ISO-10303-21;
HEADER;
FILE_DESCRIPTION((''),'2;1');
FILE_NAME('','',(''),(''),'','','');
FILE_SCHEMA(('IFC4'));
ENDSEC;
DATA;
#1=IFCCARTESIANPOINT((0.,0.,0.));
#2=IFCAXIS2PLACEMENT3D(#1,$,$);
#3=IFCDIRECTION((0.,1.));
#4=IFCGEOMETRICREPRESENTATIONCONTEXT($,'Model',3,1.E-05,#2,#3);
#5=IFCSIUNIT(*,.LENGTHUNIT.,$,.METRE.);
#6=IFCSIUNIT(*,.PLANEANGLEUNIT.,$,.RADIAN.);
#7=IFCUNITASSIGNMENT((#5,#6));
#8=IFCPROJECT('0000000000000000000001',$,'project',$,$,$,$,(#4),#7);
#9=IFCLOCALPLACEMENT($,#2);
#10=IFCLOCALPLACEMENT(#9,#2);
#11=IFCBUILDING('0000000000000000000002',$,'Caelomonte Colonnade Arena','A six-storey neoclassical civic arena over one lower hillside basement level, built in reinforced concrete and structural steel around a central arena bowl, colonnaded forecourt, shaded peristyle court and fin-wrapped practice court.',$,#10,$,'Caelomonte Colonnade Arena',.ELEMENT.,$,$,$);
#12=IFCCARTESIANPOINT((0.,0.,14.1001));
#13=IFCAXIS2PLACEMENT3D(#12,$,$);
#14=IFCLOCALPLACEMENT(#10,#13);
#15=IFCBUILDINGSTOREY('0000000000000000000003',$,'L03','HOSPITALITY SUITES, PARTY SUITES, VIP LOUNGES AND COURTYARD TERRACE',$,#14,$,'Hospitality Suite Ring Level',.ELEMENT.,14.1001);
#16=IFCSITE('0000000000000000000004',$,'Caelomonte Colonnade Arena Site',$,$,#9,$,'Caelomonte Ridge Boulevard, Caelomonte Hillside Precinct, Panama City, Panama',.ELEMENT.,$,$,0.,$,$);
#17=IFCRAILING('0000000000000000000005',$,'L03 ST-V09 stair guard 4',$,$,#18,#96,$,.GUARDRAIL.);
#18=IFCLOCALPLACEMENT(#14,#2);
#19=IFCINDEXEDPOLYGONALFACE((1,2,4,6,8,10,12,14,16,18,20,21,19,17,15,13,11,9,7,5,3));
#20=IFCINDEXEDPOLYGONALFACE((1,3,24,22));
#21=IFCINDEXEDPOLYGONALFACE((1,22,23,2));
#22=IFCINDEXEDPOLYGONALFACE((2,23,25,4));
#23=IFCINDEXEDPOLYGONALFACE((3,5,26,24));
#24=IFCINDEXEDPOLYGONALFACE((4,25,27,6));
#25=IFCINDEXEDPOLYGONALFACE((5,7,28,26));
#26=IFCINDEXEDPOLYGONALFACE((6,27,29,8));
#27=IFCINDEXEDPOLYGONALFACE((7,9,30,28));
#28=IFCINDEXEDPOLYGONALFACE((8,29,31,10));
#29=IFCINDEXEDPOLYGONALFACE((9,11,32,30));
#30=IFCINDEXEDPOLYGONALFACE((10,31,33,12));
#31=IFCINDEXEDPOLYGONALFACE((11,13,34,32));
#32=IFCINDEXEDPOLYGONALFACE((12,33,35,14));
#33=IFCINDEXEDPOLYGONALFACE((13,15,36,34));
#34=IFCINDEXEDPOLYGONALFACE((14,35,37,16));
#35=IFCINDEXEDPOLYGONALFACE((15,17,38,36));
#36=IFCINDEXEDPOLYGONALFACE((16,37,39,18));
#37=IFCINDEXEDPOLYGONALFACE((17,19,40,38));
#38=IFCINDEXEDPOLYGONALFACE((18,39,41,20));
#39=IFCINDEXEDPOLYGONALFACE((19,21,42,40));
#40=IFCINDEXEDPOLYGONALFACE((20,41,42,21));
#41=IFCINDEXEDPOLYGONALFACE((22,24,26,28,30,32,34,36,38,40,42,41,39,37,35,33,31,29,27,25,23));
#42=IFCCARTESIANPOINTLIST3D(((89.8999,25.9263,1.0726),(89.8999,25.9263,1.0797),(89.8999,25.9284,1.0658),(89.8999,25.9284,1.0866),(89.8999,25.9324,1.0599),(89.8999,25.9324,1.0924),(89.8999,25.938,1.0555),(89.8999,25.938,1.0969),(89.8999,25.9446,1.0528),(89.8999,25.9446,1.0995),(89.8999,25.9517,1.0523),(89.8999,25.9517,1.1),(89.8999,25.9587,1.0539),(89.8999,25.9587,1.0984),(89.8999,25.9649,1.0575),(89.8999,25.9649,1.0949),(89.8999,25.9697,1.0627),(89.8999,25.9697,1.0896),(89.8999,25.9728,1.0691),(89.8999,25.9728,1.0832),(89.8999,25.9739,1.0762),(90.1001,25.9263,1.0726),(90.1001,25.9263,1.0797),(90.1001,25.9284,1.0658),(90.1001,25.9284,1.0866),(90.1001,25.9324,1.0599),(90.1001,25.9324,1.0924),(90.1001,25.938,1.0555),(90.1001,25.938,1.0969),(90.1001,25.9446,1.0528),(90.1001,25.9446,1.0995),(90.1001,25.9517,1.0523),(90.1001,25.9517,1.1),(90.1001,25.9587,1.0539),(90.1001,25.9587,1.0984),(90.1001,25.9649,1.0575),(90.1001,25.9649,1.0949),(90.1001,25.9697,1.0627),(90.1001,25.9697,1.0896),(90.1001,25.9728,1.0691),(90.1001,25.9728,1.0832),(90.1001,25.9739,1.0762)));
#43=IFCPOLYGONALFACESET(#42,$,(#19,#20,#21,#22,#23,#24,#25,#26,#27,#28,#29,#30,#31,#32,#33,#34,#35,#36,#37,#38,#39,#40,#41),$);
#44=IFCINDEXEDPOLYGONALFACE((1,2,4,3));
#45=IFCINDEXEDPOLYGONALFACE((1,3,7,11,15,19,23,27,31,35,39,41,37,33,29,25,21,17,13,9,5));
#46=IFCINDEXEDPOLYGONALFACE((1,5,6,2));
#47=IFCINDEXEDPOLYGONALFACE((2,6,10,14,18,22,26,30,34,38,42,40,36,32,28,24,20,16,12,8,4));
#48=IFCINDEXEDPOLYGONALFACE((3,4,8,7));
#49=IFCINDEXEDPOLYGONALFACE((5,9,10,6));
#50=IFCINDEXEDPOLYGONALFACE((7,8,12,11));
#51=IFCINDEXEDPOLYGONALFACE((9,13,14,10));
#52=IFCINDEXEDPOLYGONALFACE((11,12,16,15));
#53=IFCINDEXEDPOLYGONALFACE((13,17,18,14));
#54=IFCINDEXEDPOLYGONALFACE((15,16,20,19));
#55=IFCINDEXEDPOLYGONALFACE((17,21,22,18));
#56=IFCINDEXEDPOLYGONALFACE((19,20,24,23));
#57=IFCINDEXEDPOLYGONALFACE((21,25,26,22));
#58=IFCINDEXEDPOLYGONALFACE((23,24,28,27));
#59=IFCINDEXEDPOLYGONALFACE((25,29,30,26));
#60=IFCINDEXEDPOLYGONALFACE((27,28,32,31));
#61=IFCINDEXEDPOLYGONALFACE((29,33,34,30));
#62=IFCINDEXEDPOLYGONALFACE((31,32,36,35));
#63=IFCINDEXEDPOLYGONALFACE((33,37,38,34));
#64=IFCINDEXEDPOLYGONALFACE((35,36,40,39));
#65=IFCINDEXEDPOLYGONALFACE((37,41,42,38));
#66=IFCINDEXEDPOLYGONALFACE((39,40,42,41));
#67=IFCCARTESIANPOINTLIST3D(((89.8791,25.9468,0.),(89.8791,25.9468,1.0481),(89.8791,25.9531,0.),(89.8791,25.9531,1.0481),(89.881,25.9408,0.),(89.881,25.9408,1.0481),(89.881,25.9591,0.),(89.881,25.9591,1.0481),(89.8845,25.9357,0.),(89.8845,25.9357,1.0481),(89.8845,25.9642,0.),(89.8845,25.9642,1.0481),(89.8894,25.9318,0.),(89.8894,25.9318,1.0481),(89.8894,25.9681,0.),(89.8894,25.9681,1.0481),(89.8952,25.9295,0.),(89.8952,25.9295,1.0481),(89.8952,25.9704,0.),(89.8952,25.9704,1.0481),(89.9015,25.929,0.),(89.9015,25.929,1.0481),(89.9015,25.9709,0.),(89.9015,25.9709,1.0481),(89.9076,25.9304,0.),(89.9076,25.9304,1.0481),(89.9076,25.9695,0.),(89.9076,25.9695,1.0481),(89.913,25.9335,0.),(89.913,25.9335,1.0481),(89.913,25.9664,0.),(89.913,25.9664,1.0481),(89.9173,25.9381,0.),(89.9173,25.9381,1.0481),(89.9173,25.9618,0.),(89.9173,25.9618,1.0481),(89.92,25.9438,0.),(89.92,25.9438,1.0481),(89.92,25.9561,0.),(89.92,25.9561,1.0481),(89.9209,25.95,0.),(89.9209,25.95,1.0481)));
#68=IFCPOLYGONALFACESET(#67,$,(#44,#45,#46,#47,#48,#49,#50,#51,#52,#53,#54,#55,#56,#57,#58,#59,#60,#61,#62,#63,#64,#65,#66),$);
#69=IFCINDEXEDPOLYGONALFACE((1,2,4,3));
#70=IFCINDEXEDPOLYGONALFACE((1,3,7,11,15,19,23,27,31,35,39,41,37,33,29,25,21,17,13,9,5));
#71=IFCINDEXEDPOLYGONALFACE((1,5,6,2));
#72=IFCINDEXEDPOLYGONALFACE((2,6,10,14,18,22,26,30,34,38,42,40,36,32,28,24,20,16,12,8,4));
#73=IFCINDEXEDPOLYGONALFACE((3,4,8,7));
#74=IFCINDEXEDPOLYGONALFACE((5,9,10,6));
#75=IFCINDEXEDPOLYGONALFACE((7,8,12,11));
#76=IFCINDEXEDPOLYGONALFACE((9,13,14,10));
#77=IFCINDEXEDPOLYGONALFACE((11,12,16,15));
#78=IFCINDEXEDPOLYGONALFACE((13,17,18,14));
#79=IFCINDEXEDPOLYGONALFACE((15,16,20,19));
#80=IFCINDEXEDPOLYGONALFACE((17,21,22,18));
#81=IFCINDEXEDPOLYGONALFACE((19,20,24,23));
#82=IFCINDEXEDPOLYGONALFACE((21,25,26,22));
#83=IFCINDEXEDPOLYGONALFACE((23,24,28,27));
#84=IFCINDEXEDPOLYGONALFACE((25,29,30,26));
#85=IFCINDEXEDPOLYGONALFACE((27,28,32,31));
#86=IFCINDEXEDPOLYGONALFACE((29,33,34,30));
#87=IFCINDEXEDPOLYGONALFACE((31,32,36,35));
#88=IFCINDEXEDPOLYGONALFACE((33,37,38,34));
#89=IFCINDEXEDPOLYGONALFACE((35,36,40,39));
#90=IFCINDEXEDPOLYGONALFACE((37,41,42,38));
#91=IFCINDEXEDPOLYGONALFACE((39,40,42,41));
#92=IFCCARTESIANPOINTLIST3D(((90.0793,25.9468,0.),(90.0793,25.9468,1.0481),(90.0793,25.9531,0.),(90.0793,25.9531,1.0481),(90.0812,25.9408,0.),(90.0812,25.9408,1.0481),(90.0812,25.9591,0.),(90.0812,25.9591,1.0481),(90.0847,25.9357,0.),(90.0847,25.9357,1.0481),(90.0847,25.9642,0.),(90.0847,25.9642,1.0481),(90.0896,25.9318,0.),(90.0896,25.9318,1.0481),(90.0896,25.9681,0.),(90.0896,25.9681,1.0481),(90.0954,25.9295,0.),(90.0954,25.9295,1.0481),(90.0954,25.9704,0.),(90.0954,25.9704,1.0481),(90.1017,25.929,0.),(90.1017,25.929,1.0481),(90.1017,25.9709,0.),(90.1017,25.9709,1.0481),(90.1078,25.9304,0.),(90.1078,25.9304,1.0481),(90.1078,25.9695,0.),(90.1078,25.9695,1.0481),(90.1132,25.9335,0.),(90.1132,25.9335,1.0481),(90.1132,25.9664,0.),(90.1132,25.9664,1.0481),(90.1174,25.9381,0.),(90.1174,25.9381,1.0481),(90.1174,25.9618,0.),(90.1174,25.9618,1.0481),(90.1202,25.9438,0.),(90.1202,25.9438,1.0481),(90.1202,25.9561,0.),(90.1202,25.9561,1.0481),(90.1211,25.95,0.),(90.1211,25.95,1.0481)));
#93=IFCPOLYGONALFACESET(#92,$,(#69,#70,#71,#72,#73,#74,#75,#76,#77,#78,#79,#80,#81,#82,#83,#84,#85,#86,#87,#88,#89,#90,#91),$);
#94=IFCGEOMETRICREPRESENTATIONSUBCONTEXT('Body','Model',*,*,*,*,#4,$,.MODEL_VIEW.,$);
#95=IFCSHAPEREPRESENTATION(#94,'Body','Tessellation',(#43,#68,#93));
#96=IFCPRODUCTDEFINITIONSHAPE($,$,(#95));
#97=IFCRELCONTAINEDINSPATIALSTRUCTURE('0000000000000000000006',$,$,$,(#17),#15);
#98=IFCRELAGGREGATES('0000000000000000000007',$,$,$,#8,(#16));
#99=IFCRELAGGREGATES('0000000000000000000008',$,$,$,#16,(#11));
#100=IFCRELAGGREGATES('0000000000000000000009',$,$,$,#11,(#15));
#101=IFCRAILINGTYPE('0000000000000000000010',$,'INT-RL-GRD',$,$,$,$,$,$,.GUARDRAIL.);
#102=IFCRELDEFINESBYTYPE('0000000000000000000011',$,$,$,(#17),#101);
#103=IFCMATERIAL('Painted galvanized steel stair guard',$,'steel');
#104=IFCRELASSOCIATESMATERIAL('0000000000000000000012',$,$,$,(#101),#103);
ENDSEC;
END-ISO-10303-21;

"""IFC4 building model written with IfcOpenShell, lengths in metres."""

from ifc_helpers import new_model, si_unit, direction, frame, origin, origin_2d, place, context, subcontext, project, spatial, circle, extrude, material, type_object, element, save


model = new_model("IFC4")

# Units and contexts
model_context = context("Model", 3, precision=1e-05, world=origin(), true_north=direction((0.0, 1.0)))
body_context = subcontext(model_context, "Body", "Model", "MODEL_VIEW")
ifc_project = project(units=[si_unit("LENGTHUNIT", "METRE"), si_unit("PLANEANGLEUNIT", "RADIAN")], contexts=[model_context])

# Site, building, storey
site_placement = place(None, origin())
site = spatial("IfcSite", under=ifc_project, at=site_placement, Name="Caelomonte Colonnade Arena Site", LongName="Caelomonte Ridge Boulevard, Caelomonte Hillside Precinct, Panama City, Panama", CompositionType="ELEMENT", RefElevation=0.0)
building_placement = place(site_placement, origin())
building = spatial("IfcBuilding", under=site, at=building_placement, Name="Caelomonte Colonnade Arena", Description="A six-storey neoclassical civic arena over one lower hillside basement level, built in reinforced concrete and structural steel around a central arena bowl, colonnaded forecourt, shaded peristyle court and fin-wrapped practice court.", LongName="Caelomonte Colonnade Arena", CompositionType="ELEMENT")
storey_placement = place(building_placement, frame((0.0, 0.0, 14.1001)))
storey = spatial("IfcBuildingStorey", under=building, at=storey_placement, Name="L03", Description="HOSPITALITY SUITES, PARTY SUITES, VIP LOUNGES AND COURTYARD TERRACE", LongName="Hospitality Suite Ring Level", CompositionType="ELEMENT", Elevation=14.1001)

# Railing
ifc_material_1 = material(Name="Painted galvanized steel stair guard", Category="steel")
railing_type_1 = type_object("IfcRailingType", Name="INT-RL-GRD", PredefinedType="GUARDRAIL", material=ifc_material_1)
railing_1_placement = place(storey_placement, frame((89.8999, 25.95, 0.0)))
element("IfcRailing", 1, at=railing_1_placement, inside=storey, type_object=railing_type_1, Name="L03 ST-V09 stair guard 4", PredefinedType="GUARDRAIL", context=body_context, shape_type="SweptSolid", body=[
    extrude(circle(Radius=0.0239, at=origin_2d()), frame((0.0, 0.0, 1.0762), z_axis=(1.0, 0.0, 0.0), x_axis=(0.0, 1.0, 0.0)), (0.0, 0.0, 1.0), 0.2002),
    extrude(circle(Radius=0.021, at=origin_2d()), origin(), (0.0, 0.0, 1.0), 1.0481),
    extrude(circle(Radius=0.021, at=origin_2d()), frame((0.2002, 0.0, 0.0)), (0.0, 0.0, 1.0), 1.0481),
])

save(model, "model.ifc")
